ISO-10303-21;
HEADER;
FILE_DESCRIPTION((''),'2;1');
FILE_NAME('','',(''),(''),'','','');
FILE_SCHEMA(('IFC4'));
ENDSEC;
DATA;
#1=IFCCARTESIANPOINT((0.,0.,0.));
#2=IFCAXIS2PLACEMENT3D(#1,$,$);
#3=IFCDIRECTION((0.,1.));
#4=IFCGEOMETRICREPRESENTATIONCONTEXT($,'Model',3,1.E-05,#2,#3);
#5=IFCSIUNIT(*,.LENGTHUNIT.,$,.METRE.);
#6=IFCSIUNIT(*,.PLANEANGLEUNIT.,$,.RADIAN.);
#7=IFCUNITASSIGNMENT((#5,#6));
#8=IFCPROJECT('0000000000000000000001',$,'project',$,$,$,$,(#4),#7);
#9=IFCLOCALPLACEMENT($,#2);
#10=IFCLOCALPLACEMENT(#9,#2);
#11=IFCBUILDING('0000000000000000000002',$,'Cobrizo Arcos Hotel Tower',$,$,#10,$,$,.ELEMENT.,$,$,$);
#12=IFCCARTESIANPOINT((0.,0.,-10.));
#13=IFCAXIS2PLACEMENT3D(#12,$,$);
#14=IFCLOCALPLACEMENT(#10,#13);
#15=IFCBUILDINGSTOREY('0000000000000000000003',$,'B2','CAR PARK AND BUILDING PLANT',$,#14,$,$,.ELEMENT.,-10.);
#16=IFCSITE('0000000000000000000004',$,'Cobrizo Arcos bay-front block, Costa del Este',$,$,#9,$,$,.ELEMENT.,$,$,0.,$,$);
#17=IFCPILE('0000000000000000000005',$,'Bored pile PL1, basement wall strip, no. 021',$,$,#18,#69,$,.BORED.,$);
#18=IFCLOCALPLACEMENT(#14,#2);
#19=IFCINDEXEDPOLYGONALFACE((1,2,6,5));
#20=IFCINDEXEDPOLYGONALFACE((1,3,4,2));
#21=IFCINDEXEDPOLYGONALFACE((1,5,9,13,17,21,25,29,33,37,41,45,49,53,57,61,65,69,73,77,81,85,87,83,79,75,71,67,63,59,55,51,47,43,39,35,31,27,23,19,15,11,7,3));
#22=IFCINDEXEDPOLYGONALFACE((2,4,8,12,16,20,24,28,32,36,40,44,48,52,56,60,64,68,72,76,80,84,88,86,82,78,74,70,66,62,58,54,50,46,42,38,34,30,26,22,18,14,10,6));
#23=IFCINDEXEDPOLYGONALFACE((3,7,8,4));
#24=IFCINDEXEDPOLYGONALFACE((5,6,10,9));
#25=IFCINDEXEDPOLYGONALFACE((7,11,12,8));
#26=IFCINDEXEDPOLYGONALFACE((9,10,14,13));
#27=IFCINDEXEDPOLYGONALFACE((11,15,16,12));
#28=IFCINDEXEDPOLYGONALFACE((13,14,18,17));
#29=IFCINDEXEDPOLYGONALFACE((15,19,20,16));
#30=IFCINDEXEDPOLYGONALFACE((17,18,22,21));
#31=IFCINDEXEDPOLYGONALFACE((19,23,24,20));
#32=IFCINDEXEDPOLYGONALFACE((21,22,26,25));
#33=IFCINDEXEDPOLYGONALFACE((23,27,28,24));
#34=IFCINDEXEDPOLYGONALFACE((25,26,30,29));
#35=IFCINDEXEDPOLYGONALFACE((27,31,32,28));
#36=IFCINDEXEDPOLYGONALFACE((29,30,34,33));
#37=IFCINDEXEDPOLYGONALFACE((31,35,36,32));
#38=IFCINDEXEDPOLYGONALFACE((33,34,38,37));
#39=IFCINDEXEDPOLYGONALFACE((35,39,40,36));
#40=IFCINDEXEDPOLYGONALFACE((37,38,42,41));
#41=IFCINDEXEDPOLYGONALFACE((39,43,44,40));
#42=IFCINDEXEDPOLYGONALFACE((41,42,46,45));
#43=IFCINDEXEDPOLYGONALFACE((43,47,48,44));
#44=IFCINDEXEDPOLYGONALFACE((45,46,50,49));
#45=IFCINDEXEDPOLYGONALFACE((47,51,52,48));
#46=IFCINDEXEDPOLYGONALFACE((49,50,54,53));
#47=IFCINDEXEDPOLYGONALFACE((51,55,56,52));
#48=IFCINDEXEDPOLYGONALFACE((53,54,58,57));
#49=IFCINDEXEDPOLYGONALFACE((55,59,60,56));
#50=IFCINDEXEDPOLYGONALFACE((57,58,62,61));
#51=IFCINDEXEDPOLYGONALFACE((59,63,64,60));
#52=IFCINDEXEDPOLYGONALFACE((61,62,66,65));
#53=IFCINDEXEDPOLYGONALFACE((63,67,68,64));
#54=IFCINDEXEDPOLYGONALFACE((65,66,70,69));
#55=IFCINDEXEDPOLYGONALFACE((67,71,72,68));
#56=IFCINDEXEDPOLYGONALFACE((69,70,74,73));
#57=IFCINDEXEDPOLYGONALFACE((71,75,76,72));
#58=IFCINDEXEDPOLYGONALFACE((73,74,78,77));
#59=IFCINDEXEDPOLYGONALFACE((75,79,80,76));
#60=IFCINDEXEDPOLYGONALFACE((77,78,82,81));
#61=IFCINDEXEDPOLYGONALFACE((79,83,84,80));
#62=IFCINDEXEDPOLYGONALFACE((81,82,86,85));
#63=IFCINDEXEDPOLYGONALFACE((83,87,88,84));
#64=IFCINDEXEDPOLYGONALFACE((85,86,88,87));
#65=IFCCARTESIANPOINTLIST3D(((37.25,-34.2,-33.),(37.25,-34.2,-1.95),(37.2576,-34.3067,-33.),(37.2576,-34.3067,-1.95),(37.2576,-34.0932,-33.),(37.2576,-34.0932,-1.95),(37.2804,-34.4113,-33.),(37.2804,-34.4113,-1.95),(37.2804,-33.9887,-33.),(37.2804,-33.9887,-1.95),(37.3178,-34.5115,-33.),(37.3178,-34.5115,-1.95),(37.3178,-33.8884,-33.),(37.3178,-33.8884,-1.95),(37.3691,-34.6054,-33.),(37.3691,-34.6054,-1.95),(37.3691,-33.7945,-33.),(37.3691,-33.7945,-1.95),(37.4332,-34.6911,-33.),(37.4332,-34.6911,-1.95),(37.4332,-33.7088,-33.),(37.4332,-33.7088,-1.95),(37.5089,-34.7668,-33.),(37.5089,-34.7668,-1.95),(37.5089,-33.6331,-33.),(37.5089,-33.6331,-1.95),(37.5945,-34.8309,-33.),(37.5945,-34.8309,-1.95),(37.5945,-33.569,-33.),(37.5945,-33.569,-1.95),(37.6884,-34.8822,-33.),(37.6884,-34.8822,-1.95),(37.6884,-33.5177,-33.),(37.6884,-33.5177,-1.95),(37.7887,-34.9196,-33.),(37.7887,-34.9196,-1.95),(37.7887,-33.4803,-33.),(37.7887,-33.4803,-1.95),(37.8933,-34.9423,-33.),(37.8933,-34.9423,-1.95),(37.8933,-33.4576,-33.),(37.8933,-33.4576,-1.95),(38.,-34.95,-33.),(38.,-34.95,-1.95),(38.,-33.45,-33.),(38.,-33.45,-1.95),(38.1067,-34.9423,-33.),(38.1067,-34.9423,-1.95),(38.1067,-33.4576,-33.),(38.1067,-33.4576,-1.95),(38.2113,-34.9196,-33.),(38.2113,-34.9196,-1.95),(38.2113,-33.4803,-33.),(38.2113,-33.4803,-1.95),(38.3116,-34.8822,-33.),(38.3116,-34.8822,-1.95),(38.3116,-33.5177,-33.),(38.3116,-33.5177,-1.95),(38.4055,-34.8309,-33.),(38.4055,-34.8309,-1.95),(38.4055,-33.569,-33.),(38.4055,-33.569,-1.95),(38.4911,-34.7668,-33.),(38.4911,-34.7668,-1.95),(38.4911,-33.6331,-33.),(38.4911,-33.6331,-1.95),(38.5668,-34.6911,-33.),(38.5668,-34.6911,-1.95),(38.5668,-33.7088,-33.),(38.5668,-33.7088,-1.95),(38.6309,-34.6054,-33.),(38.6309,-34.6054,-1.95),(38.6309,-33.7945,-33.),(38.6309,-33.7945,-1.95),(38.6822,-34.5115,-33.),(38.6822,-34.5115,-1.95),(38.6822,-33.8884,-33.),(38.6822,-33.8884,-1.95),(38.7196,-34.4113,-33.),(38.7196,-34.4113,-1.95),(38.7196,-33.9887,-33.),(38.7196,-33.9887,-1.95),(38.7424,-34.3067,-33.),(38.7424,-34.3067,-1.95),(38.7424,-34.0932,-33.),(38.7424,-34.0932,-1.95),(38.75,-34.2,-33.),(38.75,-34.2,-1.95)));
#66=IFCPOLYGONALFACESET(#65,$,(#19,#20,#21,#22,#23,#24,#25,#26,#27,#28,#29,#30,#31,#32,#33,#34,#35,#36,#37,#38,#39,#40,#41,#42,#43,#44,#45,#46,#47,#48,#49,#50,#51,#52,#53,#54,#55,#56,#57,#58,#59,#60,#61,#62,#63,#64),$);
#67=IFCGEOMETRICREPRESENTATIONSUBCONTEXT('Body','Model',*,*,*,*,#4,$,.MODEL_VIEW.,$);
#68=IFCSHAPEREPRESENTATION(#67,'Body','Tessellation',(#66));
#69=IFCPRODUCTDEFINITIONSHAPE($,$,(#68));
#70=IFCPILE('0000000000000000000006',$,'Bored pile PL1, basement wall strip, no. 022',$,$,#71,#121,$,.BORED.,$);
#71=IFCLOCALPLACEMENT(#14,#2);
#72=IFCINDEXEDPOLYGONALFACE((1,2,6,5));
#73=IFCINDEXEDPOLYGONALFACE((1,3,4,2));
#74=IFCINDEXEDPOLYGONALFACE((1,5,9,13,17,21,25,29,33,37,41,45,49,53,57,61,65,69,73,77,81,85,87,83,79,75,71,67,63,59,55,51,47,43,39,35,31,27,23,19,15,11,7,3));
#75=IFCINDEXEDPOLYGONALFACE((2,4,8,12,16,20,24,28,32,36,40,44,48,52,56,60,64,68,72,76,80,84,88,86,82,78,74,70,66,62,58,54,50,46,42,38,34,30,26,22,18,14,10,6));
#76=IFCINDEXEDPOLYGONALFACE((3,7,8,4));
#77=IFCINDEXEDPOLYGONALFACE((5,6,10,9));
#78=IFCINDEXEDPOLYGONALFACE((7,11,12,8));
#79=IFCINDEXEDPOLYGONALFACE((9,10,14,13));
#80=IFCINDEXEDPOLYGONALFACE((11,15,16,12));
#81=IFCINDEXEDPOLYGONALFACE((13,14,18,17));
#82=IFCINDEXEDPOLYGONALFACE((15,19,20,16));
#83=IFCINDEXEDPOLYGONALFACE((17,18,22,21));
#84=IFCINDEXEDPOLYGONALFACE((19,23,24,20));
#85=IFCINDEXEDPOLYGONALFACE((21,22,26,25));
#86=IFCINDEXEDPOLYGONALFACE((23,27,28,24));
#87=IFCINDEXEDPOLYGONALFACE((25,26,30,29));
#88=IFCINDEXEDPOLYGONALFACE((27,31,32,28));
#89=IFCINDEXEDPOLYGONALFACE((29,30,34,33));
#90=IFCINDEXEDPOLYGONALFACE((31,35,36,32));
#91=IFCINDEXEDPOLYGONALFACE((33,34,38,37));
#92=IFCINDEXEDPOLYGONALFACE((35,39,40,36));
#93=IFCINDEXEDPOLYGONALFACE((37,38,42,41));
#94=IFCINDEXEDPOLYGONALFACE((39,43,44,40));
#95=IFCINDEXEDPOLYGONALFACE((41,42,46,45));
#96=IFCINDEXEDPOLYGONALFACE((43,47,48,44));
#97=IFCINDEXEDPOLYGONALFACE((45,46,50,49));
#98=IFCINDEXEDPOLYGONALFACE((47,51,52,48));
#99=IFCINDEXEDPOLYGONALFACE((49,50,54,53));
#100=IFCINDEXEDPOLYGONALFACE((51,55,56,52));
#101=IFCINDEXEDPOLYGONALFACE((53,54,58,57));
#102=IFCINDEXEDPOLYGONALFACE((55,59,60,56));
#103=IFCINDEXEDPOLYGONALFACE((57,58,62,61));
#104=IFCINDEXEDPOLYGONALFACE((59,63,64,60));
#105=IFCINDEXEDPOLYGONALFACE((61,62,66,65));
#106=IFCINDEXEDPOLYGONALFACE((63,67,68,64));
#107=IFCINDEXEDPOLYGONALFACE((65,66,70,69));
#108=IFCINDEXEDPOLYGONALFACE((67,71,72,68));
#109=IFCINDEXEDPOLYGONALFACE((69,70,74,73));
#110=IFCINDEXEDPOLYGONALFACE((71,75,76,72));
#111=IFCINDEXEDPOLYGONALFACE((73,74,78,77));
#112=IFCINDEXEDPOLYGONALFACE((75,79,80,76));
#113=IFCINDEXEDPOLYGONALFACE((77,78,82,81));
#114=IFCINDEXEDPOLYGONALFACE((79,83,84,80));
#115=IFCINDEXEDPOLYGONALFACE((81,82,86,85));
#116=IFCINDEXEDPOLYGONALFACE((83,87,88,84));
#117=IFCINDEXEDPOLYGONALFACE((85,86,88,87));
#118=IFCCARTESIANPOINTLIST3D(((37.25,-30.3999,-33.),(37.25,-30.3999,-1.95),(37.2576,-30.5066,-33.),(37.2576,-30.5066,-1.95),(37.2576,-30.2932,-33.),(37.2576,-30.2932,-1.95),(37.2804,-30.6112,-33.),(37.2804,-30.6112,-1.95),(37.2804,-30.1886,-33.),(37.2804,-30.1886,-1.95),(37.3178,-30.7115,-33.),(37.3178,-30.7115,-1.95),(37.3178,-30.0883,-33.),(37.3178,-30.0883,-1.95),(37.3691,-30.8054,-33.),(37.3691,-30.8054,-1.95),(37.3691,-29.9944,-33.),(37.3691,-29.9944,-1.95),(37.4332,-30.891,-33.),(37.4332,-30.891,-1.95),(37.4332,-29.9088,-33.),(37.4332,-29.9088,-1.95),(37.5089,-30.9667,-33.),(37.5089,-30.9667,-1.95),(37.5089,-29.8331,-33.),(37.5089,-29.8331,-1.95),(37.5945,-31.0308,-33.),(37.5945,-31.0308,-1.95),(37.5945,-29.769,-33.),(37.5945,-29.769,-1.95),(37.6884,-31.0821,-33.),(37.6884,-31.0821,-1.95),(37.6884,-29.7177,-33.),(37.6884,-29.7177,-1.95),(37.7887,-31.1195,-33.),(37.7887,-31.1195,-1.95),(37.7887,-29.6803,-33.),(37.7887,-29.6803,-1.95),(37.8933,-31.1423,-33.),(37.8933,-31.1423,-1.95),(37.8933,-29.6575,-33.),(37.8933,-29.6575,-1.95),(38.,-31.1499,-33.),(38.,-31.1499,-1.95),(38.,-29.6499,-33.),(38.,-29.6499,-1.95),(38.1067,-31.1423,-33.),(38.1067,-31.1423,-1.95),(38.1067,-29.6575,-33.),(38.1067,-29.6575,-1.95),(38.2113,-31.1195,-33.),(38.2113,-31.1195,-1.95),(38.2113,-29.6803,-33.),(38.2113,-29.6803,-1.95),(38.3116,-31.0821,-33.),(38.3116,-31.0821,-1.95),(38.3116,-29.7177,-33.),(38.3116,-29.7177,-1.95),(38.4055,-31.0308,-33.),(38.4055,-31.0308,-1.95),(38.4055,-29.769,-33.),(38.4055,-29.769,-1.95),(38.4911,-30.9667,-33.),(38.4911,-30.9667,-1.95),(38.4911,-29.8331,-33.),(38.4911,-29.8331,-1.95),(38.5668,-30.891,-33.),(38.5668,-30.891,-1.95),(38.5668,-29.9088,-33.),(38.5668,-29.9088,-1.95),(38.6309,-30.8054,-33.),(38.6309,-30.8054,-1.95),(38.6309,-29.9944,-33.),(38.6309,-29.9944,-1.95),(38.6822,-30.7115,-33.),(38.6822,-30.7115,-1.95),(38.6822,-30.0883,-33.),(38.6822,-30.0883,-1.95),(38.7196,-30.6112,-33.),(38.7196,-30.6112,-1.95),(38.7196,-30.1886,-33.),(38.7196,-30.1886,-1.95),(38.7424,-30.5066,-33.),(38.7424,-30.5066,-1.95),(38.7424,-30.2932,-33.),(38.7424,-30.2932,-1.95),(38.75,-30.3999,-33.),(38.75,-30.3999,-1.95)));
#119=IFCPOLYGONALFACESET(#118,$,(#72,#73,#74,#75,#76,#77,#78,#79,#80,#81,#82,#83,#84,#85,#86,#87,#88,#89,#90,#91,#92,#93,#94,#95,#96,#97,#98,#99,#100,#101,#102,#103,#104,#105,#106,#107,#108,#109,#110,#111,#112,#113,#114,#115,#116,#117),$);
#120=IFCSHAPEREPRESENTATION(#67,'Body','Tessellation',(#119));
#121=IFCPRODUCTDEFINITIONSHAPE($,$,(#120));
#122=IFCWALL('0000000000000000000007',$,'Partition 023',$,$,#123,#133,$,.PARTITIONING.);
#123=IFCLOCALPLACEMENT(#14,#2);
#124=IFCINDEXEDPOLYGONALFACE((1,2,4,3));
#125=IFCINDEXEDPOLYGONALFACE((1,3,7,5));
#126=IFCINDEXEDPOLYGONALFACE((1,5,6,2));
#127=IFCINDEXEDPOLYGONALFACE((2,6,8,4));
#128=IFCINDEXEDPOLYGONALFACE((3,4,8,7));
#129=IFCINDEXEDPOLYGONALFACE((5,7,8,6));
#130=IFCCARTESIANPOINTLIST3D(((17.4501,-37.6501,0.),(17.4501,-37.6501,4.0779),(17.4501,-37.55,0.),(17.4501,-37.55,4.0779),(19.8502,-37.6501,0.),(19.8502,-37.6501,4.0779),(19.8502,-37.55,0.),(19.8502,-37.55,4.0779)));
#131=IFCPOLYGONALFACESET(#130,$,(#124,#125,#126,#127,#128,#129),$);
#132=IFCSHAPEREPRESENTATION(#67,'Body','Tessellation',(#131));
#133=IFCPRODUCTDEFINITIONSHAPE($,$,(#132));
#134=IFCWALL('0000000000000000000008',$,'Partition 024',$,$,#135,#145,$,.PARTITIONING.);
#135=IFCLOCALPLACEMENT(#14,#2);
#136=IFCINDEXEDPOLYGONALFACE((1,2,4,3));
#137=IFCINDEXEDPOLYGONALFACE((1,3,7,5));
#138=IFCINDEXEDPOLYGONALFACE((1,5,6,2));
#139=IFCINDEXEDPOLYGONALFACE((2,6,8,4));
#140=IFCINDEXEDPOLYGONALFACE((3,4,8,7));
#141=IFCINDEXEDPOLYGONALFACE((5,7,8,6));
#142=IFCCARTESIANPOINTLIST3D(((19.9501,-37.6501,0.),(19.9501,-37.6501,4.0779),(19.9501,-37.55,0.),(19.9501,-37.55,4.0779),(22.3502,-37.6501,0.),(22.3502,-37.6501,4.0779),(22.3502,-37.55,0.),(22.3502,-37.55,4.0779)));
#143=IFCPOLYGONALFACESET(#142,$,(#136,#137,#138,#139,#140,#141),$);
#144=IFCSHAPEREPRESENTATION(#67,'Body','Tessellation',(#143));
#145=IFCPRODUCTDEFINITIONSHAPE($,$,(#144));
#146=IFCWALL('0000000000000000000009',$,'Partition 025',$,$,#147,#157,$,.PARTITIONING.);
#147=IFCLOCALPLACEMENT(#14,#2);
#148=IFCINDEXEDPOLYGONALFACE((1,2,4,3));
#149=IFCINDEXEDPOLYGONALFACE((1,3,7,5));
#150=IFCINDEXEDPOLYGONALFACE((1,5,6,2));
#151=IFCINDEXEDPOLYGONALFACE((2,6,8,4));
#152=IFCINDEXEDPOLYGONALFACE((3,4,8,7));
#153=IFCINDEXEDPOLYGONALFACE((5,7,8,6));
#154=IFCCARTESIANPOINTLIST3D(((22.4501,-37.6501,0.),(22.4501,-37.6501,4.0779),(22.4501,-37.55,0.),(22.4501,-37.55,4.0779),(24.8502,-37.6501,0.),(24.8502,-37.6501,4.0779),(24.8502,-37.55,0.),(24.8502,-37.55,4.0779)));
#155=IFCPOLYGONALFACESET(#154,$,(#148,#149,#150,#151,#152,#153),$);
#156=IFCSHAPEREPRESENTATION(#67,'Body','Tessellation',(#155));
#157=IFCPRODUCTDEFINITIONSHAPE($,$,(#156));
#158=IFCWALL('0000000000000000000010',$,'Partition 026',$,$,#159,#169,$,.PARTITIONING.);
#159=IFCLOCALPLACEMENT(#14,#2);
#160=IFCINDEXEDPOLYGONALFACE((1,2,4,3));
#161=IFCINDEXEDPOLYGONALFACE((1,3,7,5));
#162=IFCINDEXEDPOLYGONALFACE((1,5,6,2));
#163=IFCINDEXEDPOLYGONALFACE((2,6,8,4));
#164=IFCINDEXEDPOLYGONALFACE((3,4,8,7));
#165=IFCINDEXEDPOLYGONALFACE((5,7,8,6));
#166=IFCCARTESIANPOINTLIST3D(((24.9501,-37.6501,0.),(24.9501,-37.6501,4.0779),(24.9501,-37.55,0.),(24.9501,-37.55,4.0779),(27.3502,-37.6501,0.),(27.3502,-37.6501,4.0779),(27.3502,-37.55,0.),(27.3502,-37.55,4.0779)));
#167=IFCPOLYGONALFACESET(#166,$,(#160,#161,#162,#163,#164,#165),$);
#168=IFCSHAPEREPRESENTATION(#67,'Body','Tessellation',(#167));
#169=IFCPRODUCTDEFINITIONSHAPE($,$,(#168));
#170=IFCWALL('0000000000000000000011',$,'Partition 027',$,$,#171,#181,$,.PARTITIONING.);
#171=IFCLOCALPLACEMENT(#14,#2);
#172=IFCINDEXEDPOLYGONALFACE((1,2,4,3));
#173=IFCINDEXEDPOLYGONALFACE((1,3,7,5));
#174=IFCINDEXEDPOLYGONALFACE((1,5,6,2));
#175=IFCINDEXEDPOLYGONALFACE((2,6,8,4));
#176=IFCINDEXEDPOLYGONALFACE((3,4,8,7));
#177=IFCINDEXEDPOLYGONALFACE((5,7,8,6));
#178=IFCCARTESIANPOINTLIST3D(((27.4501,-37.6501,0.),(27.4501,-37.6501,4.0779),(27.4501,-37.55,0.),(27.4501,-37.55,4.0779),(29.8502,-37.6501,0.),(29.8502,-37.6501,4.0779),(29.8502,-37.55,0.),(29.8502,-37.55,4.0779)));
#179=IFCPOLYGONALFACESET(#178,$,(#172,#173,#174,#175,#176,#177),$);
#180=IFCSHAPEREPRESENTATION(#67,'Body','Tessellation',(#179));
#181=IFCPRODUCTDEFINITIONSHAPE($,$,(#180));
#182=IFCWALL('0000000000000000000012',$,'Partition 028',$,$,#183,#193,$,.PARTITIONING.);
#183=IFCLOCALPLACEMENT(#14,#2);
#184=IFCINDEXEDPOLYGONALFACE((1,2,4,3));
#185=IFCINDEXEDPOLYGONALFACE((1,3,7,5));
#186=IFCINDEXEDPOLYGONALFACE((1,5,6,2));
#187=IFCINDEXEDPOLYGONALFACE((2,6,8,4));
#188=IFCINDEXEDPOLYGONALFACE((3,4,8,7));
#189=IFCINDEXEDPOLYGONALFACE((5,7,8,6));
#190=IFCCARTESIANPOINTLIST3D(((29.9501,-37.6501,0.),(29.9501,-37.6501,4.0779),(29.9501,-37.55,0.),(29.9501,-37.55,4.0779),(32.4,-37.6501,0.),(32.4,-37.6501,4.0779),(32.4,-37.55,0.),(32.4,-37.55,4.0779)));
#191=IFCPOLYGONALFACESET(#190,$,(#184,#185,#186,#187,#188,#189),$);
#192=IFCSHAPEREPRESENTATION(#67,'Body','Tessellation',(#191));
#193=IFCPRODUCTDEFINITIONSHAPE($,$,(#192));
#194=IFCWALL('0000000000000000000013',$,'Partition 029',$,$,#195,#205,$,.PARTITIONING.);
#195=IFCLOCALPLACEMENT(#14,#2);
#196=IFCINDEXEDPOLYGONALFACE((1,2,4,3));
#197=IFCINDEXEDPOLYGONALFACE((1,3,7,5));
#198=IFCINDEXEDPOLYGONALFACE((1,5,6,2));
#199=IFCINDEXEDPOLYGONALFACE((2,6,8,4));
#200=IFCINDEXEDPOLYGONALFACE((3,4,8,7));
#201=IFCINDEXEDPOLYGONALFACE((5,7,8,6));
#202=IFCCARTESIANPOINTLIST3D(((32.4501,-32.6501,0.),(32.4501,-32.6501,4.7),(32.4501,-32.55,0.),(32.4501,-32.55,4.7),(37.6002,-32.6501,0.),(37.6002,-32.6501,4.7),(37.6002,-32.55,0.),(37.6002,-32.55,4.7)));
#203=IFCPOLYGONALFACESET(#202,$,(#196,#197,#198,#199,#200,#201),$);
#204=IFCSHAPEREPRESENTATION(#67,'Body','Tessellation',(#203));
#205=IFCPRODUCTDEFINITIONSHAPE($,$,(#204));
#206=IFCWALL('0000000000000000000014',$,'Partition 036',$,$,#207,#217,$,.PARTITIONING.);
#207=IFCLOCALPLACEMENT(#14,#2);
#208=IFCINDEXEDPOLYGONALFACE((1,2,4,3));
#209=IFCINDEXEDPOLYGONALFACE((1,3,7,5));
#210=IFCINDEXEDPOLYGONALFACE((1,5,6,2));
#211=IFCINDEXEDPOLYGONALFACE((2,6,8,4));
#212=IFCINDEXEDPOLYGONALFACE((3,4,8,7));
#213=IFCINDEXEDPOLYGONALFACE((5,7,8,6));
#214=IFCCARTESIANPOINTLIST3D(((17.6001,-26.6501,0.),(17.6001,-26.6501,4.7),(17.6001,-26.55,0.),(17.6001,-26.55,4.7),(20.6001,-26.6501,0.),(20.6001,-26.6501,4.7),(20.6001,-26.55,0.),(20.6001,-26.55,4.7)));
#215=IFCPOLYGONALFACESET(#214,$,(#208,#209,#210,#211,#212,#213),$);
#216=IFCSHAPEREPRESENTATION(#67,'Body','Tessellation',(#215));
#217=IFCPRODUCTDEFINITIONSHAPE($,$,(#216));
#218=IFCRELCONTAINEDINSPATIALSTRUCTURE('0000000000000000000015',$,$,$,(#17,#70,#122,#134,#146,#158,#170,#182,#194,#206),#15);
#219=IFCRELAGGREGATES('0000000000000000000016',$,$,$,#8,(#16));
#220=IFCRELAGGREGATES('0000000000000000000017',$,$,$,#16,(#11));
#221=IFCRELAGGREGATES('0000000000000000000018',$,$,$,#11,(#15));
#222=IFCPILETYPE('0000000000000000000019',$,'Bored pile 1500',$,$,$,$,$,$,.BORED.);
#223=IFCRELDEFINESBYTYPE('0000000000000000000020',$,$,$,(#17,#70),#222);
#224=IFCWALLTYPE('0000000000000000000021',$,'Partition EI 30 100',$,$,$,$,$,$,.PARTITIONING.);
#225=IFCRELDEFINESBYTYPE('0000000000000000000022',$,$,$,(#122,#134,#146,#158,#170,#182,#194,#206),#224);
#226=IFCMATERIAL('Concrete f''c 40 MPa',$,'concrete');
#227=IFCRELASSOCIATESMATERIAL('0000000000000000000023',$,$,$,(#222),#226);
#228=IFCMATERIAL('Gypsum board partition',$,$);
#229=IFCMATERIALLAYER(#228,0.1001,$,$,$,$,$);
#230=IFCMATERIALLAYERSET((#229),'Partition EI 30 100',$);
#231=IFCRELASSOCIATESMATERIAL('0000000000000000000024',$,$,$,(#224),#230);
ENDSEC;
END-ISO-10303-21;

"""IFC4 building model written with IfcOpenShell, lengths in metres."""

from ifc_helpers import new_model, si_unit, direction, frame, frame_2d, origin, origin_2d, place, context, subcontext, project, spatial, rectangle, circle, extrude, material, layer, layer_set, material_profile, profile_set, type_object, element, save


model = new_model("IFC4")

# Units and contexts
model_context = context("Model", 3, precision=1e-05, world=origin(), true_north=direction((0.0, 1.0)))
body_context = subcontext(model_context, "Body", "Model", "MODEL_VIEW")
ifc_project = project(units=[si_unit("LENGTHUNIT", "METRE"), si_unit("PLANEANGLEUNIT", "RADIAN")], contexts=[model_context])

# Site, building, storey
site_placement = place(None, origin())
site = spatial("IfcSite", under=ifc_project, at=site_placement, Name="Cobrizo Arcos bay-front block, Costa del Este", CompositionType="ELEMENT", RefElevation=0.0)
building_placement = place(site_placement, origin())
building = spatial("IfcBuilding", under=site, at=building_placement, Name="Cobrizo Arcos Hotel Tower", CompositionType="ELEMENT")
storey_placement = place(building_placement, frame((0.0, 0.0, -10.0)))
storey = spatial("IfcBuildingStorey", under=building, at=storey_placement, Name="B2", Description="CAR PARK AND BUILDING PLANT", CompositionType="ELEMENT", Elevation=-10.0)

# Piles
ifc_material_1 = material(Name="Concrete f'c 40 MPa", Category="concrete")
ifc_material_profile = material_profile(ifc_material_1, circle(Radius=0.75, at=origin_2d()), Name="BORED PILE 1500")
ifc_profile_set = profile_set([ifc_material_profile], Name="Concrete f'c 40 MPa")
pile_type = type_object("IfcPileType", Name="Bored pile 1500", PredefinedType="BORED", material=ifc_profile_set)
for number, where, z_axis, x_axis, name in (
    (1, (38.0, -34.2, -1.95), (0.0, 0.0, -1.0), (1.0, 0.0, 0.0), "Bored pile PL1, basement wall strip, no. 021"),
    (2, (38.0, -30.3999, -1.95), (0.0, 0.0, -1.0), (1.0, 0.0, 0.0), "Bored pile PL1, basement wall strip, no. 022"),
):
    element("IfcPile", number, at=place(storey_placement, frame(where, z_axis=z_axis, x_axis=x_axis)), inside=storey, type_object=pile_type, Name=name, PredefinedType="BORED", context=body_context, shape_type="SweptSolid", body=[
        extrude(circle(Radius=0.75, at=origin_2d()), origin(), (0.0, 0.0, 1.0), 31.05),
    ])

# Walls
ifc_material_2 = material(Name="Gypsum board partition")
ifc_layer_1 = layer(ifc_material_2, 0.1001)
ifc_layer_set_1 = layer_set([ifc_layer_1], Name="Partition EI 30 100")
wall_type_1 = type_object("IfcWallType", Name="Partition EI 30 100", PredefinedType="PARTITIONING", material=ifc_layer_set_1)
for number, where, z_axis, x_axis, name in (
    (3, (17.45, -37.6001, 0.0), (0.0, 0.0, 1.0), (1.0, 0.0, 0.0), "Partition 023"),
    (4, (19.95, -37.6001, 0.0), (0.0, 0.0, 1.0), (1.0, 0.0, 0.0), "Partition 024"),
    (5, (22.45, -37.6001, 0.0), (0.0, 0.0, 1.0), (1.0, 0.0, 0.0), "Partition 025"),
    (6, (24.95, -37.6001, 0.0), (0.0, 0.0, 1.0), (1.0, 0.0, 0.0), "Partition 026"),
    (7, (27.45, -37.6001, 0.0), (0.0, 0.0, 1.0), (1.0, 0.0, 0.0), "Partition 027"),
):
    element("IfcWall", number, at=place(storey_placement, frame(where, z_axis=z_axis, x_axis=x_axis)), inside=storey, type_object=wall_type_1, Name=name, PredefinedType="PARTITIONING", context=body_context, shape_type="SweptSolid", body=[
        extrude(rectangle(XDim=2.4001, YDim=0.1001, at=frame_2d((1.2002, 0.0))), origin(), (0.0, 0.0, 1.0), 4.0779),
    ])
wall_1_placement = place(storey_placement, frame((29.95, -37.6001, 0.0), z_axis=(0.0, 0.0, 1.0), x_axis=(1.0, 0.0, 0.0)))
element("IfcWall", 8, at=wall_1_placement, inside=storey, type_object=wall_type_1, Name="Partition 028", PredefinedType="PARTITIONING", context=body_context, shape_type="SweptSolid", body=[
    extrude(rectangle(XDim=2.45, YDim=0.1001, at=frame_2d((1.2251, 0.0))), origin(), (0.0, 0.0, 1.0), 4.0779),
])
wall_2_placement = place(storey_placement, frame((32.45, -32.6001, 0.0), z_axis=(0.0, 0.0, 1.0), x_axis=(1.0, 0.0, 0.0)))
element("IfcWall", 9, at=wall_2_placement, inside=storey, type_object=wall_type_1, Name="Partition 029", PredefinedType="PARTITIONING", context=body_context, shape_type="SweptSolid", body=[
    extrude(rectangle(XDim=5.1501, YDim=0.1001, at=frame_2d((2.5752, 0.0))), origin(), (0.0, 0.0, 1.0), 4.7),
])
wall_3_placement = place(storey_placement, frame((17.6001, -26.6001, 0.0), z_axis=(0.0, 0.0, 1.0), x_axis=(1.0, 0.0, 0.0)))
element("IfcWall", 10, at=wall_3_placement, inside=storey, type_object=wall_type_1, Name="Partition 036", PredefinedType="PARTITIONING", context=body_context, shape_type="SweptSolid", body=[
    extrude(rectangle(XDim=3.0, YDim=0.1001, at=frame_2d((1.5, 0.0))), origin(), (0.0, 0.0, 1.0), 4.7),
])

save(model, "model.ifc")
